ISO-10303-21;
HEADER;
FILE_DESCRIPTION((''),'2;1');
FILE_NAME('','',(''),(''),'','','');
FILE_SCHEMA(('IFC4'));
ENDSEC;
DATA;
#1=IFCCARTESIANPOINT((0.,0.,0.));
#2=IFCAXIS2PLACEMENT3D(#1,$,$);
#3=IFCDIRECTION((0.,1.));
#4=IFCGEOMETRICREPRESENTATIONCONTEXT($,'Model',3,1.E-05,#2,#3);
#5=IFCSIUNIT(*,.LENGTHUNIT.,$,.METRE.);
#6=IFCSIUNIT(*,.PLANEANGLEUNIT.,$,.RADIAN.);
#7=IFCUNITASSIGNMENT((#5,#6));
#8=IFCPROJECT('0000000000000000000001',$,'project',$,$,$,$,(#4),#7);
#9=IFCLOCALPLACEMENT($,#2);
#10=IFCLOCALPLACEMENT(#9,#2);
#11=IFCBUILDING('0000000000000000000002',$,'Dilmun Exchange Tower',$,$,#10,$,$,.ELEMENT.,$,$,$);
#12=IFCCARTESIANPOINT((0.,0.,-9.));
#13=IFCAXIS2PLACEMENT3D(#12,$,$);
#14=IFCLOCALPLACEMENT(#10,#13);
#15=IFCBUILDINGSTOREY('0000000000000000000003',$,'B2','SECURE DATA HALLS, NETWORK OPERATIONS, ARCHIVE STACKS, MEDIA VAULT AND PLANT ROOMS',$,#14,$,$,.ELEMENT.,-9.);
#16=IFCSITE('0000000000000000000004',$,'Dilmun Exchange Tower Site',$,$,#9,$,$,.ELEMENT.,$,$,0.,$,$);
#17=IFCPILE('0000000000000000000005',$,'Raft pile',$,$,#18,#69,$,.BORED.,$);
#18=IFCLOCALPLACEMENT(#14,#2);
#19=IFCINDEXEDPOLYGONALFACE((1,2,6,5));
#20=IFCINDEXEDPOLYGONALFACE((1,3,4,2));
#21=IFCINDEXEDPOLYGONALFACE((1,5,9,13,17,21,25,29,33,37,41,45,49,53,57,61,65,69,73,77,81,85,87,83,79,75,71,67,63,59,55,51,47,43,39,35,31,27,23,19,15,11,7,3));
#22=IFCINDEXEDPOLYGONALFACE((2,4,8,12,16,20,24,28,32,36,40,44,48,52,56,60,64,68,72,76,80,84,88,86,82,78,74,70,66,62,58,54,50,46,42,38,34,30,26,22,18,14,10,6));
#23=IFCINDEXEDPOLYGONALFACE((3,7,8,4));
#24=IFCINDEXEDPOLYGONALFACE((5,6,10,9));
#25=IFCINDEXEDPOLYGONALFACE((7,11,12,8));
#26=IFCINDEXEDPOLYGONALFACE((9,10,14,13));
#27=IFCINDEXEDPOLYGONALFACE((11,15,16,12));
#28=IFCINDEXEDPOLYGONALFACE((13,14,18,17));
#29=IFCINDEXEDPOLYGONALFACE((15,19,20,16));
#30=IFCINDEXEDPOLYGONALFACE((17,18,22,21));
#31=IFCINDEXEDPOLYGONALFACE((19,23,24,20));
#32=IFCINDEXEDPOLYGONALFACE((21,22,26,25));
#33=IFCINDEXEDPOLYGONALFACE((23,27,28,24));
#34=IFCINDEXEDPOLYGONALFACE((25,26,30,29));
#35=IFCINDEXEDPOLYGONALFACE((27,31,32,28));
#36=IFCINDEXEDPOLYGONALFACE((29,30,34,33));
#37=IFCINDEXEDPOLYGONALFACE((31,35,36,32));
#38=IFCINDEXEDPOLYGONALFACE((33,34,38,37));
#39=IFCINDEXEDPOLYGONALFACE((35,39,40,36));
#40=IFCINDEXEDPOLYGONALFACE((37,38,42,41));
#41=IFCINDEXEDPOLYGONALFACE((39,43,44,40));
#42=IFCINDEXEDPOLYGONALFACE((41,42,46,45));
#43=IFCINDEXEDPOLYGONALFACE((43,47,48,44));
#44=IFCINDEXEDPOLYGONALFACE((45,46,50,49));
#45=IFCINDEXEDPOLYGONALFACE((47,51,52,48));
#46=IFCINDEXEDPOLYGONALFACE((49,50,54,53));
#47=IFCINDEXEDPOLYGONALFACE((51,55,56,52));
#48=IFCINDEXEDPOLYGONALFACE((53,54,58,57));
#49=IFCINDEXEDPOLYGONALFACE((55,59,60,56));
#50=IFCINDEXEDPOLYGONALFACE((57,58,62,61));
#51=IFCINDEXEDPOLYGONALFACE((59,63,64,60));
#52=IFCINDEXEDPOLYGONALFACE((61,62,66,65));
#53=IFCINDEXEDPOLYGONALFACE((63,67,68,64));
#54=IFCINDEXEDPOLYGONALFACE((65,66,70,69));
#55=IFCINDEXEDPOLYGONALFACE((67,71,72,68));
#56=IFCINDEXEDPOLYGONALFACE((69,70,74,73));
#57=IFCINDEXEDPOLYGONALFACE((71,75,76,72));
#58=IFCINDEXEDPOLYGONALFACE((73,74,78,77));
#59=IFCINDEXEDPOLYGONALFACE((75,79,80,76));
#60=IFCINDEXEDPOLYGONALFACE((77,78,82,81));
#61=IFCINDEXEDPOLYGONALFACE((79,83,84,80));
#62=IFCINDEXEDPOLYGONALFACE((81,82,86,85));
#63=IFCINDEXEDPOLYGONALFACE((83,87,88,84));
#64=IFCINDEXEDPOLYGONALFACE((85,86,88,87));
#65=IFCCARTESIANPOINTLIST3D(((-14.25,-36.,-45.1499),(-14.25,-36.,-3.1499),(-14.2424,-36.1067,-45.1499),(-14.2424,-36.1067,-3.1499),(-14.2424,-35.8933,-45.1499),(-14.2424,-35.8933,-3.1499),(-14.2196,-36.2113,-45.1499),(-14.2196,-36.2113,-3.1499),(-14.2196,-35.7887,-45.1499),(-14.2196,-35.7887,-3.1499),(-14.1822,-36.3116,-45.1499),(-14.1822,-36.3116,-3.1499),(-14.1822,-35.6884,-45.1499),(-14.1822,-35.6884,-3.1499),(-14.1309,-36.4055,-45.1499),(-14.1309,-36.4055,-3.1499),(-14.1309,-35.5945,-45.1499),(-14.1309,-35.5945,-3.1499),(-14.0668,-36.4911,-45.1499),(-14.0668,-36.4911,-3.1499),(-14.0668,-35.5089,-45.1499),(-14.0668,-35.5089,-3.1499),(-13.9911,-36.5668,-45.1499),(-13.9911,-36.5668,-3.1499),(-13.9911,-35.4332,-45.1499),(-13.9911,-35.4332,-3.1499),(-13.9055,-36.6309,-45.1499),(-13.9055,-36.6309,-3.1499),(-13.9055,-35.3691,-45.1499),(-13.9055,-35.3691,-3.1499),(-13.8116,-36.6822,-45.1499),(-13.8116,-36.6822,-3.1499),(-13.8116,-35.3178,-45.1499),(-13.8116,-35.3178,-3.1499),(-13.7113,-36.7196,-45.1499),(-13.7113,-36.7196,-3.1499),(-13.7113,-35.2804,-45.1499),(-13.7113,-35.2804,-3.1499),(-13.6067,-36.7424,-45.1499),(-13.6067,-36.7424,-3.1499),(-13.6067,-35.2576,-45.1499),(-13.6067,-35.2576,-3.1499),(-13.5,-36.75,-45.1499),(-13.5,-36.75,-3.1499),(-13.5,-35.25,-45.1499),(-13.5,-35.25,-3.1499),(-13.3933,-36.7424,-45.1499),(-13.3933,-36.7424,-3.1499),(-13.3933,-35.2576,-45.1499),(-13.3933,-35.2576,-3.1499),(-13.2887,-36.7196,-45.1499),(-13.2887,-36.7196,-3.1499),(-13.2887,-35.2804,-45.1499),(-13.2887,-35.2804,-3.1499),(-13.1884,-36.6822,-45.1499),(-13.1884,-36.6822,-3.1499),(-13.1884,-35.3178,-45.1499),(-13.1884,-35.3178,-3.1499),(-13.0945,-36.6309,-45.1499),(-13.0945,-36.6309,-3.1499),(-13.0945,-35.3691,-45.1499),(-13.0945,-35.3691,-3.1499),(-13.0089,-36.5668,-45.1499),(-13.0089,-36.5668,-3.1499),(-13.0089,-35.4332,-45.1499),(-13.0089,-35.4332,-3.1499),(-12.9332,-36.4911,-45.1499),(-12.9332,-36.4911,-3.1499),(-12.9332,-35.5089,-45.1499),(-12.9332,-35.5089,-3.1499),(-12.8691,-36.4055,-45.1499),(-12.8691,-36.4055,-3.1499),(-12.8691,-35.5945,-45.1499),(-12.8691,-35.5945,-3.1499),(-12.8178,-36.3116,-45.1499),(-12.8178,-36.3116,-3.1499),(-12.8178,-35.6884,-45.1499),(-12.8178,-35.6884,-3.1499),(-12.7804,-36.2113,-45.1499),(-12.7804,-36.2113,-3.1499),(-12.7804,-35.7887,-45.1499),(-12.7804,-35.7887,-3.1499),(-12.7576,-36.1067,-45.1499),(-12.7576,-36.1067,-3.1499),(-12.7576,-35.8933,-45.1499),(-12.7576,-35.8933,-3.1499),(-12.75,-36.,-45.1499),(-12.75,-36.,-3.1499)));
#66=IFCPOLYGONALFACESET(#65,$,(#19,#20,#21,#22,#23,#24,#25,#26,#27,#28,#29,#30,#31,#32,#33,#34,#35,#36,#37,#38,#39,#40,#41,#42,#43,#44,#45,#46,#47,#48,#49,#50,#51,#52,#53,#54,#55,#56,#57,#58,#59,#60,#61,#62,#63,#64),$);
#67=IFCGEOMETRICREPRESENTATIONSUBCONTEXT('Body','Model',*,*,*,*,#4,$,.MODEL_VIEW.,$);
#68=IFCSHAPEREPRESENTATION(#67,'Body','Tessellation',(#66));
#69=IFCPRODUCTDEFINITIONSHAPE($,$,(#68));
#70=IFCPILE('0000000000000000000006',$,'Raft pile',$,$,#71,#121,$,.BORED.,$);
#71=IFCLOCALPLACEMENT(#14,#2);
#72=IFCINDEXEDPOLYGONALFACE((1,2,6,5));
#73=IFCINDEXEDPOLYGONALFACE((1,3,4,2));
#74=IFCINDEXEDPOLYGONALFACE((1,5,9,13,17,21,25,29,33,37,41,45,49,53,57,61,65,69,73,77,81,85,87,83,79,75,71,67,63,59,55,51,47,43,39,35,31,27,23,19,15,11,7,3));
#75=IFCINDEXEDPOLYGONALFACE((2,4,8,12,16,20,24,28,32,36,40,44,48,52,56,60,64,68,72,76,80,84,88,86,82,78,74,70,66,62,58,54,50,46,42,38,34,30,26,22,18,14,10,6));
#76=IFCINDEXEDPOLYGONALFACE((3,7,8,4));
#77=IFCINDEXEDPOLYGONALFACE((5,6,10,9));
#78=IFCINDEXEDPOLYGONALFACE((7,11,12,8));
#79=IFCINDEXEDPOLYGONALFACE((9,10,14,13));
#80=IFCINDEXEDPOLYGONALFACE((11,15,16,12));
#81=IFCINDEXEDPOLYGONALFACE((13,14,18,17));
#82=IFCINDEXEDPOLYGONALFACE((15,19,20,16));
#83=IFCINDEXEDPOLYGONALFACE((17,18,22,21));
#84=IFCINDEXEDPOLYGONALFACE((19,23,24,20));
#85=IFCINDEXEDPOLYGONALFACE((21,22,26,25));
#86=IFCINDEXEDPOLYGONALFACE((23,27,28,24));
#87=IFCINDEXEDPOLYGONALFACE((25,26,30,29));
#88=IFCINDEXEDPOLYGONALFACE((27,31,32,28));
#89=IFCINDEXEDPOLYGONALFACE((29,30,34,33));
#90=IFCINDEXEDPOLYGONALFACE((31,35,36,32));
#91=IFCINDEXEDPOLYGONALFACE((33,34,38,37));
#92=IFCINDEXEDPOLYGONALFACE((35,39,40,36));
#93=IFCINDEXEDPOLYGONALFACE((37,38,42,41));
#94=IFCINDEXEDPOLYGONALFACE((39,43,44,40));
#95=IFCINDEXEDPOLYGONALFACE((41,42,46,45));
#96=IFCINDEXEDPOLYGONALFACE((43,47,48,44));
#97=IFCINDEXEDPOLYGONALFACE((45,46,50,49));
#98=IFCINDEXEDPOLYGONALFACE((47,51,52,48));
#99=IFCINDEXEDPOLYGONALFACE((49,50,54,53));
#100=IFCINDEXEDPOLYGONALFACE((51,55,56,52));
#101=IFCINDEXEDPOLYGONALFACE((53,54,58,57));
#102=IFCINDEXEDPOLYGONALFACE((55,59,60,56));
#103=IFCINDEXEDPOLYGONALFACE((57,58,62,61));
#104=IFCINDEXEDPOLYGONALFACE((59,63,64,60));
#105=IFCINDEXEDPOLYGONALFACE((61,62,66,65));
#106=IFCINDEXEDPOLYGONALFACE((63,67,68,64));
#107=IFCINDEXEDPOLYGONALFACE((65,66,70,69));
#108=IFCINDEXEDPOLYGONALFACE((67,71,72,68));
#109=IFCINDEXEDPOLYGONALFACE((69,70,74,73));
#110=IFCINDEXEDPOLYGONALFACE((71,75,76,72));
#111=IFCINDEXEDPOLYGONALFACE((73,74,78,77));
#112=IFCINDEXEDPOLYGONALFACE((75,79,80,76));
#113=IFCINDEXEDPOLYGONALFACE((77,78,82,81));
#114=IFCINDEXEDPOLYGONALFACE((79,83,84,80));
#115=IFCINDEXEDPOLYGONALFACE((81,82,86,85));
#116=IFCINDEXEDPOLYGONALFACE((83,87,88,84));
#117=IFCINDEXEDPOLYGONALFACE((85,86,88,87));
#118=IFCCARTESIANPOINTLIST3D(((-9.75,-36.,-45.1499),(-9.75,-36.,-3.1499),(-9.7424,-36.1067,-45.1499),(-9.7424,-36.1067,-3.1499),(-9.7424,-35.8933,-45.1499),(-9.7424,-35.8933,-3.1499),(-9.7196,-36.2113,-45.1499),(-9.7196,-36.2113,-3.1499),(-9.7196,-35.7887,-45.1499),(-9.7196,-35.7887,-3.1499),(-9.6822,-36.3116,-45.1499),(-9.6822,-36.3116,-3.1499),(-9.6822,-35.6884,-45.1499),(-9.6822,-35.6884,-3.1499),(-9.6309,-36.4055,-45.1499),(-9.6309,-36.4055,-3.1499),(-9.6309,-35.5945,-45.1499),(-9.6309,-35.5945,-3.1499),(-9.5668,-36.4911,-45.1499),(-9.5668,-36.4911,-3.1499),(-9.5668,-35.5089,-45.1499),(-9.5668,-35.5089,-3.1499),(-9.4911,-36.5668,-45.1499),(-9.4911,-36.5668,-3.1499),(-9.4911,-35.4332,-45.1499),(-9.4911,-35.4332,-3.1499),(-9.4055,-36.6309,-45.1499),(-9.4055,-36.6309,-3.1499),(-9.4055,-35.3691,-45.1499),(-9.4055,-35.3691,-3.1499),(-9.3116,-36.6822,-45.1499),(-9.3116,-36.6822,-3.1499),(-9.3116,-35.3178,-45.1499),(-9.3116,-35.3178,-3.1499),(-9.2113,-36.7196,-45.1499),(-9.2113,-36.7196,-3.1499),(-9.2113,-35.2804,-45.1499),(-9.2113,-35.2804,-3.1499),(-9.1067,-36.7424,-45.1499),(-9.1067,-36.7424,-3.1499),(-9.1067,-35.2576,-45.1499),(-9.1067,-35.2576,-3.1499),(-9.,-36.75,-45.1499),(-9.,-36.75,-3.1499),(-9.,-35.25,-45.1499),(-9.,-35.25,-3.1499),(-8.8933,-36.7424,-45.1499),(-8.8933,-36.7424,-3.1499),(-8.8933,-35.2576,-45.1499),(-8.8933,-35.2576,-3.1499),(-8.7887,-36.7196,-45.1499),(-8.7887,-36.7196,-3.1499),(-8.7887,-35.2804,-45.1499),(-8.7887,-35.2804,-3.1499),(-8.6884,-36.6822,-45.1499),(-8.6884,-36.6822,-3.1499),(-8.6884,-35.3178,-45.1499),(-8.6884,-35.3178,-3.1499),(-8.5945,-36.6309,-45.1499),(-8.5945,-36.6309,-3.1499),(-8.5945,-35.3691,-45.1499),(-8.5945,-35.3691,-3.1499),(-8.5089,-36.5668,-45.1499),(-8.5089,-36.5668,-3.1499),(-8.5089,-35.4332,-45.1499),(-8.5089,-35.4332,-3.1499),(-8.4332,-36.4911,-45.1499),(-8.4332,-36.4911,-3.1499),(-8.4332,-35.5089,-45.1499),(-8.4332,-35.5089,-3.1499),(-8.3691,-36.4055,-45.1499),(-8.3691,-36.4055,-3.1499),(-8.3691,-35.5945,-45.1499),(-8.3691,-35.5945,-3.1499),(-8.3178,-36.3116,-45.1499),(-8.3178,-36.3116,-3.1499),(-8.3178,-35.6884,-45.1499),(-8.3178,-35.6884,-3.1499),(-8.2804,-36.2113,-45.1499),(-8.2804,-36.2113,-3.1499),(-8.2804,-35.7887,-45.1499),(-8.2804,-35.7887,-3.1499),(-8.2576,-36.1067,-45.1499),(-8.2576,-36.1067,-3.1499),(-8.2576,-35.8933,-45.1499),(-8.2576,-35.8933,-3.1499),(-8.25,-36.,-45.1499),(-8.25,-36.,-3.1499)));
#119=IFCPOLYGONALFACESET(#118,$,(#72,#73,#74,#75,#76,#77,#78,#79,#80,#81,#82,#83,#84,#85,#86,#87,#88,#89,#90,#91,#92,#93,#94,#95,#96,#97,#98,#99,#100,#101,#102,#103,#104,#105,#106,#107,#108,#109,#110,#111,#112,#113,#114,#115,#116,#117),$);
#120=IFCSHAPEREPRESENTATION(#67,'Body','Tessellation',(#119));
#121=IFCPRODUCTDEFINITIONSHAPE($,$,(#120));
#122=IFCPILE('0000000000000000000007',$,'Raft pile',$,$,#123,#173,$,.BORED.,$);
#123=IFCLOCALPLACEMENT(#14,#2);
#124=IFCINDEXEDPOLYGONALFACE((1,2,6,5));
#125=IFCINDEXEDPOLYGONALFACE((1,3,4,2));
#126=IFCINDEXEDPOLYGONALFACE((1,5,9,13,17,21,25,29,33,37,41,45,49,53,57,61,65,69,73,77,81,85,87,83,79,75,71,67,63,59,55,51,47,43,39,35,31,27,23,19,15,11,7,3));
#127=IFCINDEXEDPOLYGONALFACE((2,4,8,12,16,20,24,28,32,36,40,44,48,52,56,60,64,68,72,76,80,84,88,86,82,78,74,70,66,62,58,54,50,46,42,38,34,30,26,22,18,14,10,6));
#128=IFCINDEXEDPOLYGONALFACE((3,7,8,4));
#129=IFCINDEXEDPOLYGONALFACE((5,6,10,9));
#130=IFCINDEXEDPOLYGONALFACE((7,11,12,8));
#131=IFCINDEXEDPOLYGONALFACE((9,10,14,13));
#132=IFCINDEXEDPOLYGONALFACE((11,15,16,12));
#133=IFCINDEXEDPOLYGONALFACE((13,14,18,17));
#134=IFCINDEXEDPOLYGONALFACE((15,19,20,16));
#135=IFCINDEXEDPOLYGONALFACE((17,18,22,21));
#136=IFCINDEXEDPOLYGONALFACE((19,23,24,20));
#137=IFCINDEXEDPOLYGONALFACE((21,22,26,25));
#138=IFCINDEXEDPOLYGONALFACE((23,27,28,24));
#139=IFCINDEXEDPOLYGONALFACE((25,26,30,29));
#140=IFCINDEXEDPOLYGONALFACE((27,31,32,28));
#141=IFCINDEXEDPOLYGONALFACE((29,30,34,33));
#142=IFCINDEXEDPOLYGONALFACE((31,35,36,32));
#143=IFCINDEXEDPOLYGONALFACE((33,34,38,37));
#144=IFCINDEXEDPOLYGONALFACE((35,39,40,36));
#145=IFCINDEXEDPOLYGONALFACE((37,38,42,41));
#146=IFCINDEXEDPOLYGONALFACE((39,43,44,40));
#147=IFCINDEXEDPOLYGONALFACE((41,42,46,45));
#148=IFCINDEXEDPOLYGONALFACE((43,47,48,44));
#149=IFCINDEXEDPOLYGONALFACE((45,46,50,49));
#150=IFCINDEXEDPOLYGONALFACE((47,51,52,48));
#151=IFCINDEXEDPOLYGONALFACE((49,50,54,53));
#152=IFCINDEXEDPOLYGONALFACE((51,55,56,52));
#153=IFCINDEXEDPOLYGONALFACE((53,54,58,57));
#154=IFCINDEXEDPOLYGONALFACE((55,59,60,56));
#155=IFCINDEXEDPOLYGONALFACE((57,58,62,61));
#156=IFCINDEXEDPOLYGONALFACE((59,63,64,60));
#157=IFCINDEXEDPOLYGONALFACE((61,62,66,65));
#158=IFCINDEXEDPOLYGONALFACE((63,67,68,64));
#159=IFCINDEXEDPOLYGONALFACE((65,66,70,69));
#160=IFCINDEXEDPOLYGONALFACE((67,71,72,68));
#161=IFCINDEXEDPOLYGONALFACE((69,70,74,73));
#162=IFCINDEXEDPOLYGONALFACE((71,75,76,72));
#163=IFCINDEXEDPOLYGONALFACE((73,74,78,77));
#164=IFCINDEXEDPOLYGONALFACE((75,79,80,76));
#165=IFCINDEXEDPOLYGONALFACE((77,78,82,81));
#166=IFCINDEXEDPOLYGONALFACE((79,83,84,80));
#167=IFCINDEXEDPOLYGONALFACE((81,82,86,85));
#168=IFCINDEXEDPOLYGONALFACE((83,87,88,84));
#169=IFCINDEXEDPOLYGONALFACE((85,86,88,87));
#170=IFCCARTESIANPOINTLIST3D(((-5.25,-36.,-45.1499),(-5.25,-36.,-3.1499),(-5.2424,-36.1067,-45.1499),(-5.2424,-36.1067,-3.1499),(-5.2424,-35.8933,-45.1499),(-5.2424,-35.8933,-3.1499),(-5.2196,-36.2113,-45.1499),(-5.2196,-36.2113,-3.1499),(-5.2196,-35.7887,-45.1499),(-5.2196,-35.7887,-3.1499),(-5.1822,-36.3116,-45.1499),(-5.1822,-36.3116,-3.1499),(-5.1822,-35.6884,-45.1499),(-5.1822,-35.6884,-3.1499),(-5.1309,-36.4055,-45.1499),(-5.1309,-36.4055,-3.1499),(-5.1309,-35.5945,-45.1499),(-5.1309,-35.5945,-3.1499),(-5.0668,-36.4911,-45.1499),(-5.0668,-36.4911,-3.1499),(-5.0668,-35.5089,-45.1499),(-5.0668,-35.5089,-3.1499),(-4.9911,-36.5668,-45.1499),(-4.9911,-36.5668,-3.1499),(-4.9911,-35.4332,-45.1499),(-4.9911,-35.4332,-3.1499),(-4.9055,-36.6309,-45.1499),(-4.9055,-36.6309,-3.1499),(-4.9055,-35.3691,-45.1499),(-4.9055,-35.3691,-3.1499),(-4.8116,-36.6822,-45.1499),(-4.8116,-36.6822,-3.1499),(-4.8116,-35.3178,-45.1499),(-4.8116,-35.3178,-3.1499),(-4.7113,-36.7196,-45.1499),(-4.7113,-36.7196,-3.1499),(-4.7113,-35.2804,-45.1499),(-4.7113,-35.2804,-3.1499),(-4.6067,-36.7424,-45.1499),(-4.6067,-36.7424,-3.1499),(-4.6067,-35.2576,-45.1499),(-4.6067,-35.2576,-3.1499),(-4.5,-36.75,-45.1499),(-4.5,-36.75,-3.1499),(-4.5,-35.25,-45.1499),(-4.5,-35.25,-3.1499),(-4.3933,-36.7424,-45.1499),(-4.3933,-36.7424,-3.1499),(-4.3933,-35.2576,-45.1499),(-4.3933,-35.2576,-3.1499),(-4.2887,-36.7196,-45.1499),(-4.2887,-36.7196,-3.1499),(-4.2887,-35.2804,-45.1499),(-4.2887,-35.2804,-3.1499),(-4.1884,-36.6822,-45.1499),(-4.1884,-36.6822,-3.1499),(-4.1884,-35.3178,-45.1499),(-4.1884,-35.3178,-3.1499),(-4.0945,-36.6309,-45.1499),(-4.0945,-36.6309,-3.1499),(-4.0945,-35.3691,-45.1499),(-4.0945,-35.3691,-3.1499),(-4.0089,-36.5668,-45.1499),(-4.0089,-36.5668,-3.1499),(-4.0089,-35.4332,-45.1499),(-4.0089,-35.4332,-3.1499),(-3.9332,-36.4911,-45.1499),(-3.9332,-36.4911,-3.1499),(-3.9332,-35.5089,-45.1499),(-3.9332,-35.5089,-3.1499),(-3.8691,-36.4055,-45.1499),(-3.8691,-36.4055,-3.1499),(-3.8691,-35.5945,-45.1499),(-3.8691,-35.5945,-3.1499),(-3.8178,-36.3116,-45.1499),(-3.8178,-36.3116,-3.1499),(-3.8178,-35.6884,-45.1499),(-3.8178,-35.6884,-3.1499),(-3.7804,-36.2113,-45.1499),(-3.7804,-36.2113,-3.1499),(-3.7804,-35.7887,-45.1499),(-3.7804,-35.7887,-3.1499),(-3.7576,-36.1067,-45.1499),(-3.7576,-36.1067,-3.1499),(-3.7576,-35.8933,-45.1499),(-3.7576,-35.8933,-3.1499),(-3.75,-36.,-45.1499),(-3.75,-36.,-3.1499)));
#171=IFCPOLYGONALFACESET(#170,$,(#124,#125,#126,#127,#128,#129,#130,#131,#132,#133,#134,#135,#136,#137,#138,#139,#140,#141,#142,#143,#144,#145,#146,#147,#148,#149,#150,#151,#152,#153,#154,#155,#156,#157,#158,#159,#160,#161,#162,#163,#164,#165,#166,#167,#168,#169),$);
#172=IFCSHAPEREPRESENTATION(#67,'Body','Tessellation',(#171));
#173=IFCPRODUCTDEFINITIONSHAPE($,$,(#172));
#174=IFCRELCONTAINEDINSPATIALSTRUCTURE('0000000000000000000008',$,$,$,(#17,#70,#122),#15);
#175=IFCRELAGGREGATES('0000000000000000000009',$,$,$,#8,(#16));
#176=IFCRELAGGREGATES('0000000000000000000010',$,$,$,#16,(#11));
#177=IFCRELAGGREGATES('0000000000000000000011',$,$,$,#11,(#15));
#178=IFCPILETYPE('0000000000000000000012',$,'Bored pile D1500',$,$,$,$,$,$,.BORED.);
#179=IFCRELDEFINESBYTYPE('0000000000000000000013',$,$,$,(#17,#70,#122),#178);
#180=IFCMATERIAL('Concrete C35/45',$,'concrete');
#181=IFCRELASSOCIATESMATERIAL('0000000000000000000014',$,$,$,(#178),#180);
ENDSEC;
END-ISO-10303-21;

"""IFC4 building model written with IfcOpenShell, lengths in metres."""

from ifc_helpers import new_model, si_unit, direction, frame, origin, origin_2d, place, context, subcontext, project, spatial, circle, extrude, material, material_profile, profile_set, type_object, element, save


model = new_model("IFC4")

# Units and contexts
model_context = context("Model", 3, precision=1e-05, world=origin(), true_north=direction((0.0, 1.0)))
body_context = subcontext(model_context, "Body", "Model", "MODEL_VIEW")
ifc_project = project(units=[si_unit("LENGTHUNIT", "METRE"), si_unit("PLANEANGLEUNIT", "RADIAN")], contexts=[model_context])

# Site, building, storey
site_placement = place(None, origin())
site = spatial("IfcSite", under=ifc_project, at=site_placement, Name="Dilmun Exchange Tower Site", CompositionType="ELEMENT", RefElevation=0.0)
building_placement = place(site_placement, origin())
building = spatial("IfcBuilding", under=site, at=building_placement, Name="Dilmun Exchange Tower", CompositionType="ELEMENT")
storey_placement = place(building_placement, frame((0.0, 0.0, -9.0)))
storey = spatial("IfcBuildingStorey", under=building, at=storey_placement, Name="B2", Description="SECURE DATA HALLS, NETWORK OPERATIONS, ARCHIVE STACKS, MEDIA VAULT AND PLANT ROOMS", CompositionType="ELEMENT", Elevation=-9.0)

# Piles
ifc_material_1 = material(Name="Concrete C35/45", Category="concrete")
ifc_material_profile_1 = material_profile(ifc_material_1, circle(Radius=0.75, at=origin_2d()), Name="D1500")
ifc_profile_set_1 = profile_set([ifc_material_profile_1], Name="Concrete C35/45")
pile_type = type_object("IfcPileType", Name="Bored pile D1500", PredefinedType="BORED", material=ifc_profile_set_1)
for number, where, z_axis, x_axis, name in (
    (1, (-13.5, -36.0, -3.1499), (0.0, 0.0, -1.0), (1.0, 0.0, 0.0), "Raft pile"),
    (2, (-9.0, -36.0, -3.1499), (0.0, 0.0, -1.0), (1.0, 0.0, 0.0), "Raft pile"),
    (3, (-4.5, -36.0, -3.1499), (0.0, 0.0, -1.0), (1.0, 0.0, 0.0), "Raft pile"),
):
    element("IfcPile", number, at=place(storey_placement, frame(where, z_axis=z_axis, x_axis=x_axis)), inside=storey, type_object=pile_type, Name=name, PredefinedType="BORED", context=body_context, shape_type="SweptSolid", body=[
        extrude(circle(Radius=0.75, at=origin_2d()), origin(), (0.0, 0.0, 1.0), 42.0),
    ])

save(model, "model.ifc")
